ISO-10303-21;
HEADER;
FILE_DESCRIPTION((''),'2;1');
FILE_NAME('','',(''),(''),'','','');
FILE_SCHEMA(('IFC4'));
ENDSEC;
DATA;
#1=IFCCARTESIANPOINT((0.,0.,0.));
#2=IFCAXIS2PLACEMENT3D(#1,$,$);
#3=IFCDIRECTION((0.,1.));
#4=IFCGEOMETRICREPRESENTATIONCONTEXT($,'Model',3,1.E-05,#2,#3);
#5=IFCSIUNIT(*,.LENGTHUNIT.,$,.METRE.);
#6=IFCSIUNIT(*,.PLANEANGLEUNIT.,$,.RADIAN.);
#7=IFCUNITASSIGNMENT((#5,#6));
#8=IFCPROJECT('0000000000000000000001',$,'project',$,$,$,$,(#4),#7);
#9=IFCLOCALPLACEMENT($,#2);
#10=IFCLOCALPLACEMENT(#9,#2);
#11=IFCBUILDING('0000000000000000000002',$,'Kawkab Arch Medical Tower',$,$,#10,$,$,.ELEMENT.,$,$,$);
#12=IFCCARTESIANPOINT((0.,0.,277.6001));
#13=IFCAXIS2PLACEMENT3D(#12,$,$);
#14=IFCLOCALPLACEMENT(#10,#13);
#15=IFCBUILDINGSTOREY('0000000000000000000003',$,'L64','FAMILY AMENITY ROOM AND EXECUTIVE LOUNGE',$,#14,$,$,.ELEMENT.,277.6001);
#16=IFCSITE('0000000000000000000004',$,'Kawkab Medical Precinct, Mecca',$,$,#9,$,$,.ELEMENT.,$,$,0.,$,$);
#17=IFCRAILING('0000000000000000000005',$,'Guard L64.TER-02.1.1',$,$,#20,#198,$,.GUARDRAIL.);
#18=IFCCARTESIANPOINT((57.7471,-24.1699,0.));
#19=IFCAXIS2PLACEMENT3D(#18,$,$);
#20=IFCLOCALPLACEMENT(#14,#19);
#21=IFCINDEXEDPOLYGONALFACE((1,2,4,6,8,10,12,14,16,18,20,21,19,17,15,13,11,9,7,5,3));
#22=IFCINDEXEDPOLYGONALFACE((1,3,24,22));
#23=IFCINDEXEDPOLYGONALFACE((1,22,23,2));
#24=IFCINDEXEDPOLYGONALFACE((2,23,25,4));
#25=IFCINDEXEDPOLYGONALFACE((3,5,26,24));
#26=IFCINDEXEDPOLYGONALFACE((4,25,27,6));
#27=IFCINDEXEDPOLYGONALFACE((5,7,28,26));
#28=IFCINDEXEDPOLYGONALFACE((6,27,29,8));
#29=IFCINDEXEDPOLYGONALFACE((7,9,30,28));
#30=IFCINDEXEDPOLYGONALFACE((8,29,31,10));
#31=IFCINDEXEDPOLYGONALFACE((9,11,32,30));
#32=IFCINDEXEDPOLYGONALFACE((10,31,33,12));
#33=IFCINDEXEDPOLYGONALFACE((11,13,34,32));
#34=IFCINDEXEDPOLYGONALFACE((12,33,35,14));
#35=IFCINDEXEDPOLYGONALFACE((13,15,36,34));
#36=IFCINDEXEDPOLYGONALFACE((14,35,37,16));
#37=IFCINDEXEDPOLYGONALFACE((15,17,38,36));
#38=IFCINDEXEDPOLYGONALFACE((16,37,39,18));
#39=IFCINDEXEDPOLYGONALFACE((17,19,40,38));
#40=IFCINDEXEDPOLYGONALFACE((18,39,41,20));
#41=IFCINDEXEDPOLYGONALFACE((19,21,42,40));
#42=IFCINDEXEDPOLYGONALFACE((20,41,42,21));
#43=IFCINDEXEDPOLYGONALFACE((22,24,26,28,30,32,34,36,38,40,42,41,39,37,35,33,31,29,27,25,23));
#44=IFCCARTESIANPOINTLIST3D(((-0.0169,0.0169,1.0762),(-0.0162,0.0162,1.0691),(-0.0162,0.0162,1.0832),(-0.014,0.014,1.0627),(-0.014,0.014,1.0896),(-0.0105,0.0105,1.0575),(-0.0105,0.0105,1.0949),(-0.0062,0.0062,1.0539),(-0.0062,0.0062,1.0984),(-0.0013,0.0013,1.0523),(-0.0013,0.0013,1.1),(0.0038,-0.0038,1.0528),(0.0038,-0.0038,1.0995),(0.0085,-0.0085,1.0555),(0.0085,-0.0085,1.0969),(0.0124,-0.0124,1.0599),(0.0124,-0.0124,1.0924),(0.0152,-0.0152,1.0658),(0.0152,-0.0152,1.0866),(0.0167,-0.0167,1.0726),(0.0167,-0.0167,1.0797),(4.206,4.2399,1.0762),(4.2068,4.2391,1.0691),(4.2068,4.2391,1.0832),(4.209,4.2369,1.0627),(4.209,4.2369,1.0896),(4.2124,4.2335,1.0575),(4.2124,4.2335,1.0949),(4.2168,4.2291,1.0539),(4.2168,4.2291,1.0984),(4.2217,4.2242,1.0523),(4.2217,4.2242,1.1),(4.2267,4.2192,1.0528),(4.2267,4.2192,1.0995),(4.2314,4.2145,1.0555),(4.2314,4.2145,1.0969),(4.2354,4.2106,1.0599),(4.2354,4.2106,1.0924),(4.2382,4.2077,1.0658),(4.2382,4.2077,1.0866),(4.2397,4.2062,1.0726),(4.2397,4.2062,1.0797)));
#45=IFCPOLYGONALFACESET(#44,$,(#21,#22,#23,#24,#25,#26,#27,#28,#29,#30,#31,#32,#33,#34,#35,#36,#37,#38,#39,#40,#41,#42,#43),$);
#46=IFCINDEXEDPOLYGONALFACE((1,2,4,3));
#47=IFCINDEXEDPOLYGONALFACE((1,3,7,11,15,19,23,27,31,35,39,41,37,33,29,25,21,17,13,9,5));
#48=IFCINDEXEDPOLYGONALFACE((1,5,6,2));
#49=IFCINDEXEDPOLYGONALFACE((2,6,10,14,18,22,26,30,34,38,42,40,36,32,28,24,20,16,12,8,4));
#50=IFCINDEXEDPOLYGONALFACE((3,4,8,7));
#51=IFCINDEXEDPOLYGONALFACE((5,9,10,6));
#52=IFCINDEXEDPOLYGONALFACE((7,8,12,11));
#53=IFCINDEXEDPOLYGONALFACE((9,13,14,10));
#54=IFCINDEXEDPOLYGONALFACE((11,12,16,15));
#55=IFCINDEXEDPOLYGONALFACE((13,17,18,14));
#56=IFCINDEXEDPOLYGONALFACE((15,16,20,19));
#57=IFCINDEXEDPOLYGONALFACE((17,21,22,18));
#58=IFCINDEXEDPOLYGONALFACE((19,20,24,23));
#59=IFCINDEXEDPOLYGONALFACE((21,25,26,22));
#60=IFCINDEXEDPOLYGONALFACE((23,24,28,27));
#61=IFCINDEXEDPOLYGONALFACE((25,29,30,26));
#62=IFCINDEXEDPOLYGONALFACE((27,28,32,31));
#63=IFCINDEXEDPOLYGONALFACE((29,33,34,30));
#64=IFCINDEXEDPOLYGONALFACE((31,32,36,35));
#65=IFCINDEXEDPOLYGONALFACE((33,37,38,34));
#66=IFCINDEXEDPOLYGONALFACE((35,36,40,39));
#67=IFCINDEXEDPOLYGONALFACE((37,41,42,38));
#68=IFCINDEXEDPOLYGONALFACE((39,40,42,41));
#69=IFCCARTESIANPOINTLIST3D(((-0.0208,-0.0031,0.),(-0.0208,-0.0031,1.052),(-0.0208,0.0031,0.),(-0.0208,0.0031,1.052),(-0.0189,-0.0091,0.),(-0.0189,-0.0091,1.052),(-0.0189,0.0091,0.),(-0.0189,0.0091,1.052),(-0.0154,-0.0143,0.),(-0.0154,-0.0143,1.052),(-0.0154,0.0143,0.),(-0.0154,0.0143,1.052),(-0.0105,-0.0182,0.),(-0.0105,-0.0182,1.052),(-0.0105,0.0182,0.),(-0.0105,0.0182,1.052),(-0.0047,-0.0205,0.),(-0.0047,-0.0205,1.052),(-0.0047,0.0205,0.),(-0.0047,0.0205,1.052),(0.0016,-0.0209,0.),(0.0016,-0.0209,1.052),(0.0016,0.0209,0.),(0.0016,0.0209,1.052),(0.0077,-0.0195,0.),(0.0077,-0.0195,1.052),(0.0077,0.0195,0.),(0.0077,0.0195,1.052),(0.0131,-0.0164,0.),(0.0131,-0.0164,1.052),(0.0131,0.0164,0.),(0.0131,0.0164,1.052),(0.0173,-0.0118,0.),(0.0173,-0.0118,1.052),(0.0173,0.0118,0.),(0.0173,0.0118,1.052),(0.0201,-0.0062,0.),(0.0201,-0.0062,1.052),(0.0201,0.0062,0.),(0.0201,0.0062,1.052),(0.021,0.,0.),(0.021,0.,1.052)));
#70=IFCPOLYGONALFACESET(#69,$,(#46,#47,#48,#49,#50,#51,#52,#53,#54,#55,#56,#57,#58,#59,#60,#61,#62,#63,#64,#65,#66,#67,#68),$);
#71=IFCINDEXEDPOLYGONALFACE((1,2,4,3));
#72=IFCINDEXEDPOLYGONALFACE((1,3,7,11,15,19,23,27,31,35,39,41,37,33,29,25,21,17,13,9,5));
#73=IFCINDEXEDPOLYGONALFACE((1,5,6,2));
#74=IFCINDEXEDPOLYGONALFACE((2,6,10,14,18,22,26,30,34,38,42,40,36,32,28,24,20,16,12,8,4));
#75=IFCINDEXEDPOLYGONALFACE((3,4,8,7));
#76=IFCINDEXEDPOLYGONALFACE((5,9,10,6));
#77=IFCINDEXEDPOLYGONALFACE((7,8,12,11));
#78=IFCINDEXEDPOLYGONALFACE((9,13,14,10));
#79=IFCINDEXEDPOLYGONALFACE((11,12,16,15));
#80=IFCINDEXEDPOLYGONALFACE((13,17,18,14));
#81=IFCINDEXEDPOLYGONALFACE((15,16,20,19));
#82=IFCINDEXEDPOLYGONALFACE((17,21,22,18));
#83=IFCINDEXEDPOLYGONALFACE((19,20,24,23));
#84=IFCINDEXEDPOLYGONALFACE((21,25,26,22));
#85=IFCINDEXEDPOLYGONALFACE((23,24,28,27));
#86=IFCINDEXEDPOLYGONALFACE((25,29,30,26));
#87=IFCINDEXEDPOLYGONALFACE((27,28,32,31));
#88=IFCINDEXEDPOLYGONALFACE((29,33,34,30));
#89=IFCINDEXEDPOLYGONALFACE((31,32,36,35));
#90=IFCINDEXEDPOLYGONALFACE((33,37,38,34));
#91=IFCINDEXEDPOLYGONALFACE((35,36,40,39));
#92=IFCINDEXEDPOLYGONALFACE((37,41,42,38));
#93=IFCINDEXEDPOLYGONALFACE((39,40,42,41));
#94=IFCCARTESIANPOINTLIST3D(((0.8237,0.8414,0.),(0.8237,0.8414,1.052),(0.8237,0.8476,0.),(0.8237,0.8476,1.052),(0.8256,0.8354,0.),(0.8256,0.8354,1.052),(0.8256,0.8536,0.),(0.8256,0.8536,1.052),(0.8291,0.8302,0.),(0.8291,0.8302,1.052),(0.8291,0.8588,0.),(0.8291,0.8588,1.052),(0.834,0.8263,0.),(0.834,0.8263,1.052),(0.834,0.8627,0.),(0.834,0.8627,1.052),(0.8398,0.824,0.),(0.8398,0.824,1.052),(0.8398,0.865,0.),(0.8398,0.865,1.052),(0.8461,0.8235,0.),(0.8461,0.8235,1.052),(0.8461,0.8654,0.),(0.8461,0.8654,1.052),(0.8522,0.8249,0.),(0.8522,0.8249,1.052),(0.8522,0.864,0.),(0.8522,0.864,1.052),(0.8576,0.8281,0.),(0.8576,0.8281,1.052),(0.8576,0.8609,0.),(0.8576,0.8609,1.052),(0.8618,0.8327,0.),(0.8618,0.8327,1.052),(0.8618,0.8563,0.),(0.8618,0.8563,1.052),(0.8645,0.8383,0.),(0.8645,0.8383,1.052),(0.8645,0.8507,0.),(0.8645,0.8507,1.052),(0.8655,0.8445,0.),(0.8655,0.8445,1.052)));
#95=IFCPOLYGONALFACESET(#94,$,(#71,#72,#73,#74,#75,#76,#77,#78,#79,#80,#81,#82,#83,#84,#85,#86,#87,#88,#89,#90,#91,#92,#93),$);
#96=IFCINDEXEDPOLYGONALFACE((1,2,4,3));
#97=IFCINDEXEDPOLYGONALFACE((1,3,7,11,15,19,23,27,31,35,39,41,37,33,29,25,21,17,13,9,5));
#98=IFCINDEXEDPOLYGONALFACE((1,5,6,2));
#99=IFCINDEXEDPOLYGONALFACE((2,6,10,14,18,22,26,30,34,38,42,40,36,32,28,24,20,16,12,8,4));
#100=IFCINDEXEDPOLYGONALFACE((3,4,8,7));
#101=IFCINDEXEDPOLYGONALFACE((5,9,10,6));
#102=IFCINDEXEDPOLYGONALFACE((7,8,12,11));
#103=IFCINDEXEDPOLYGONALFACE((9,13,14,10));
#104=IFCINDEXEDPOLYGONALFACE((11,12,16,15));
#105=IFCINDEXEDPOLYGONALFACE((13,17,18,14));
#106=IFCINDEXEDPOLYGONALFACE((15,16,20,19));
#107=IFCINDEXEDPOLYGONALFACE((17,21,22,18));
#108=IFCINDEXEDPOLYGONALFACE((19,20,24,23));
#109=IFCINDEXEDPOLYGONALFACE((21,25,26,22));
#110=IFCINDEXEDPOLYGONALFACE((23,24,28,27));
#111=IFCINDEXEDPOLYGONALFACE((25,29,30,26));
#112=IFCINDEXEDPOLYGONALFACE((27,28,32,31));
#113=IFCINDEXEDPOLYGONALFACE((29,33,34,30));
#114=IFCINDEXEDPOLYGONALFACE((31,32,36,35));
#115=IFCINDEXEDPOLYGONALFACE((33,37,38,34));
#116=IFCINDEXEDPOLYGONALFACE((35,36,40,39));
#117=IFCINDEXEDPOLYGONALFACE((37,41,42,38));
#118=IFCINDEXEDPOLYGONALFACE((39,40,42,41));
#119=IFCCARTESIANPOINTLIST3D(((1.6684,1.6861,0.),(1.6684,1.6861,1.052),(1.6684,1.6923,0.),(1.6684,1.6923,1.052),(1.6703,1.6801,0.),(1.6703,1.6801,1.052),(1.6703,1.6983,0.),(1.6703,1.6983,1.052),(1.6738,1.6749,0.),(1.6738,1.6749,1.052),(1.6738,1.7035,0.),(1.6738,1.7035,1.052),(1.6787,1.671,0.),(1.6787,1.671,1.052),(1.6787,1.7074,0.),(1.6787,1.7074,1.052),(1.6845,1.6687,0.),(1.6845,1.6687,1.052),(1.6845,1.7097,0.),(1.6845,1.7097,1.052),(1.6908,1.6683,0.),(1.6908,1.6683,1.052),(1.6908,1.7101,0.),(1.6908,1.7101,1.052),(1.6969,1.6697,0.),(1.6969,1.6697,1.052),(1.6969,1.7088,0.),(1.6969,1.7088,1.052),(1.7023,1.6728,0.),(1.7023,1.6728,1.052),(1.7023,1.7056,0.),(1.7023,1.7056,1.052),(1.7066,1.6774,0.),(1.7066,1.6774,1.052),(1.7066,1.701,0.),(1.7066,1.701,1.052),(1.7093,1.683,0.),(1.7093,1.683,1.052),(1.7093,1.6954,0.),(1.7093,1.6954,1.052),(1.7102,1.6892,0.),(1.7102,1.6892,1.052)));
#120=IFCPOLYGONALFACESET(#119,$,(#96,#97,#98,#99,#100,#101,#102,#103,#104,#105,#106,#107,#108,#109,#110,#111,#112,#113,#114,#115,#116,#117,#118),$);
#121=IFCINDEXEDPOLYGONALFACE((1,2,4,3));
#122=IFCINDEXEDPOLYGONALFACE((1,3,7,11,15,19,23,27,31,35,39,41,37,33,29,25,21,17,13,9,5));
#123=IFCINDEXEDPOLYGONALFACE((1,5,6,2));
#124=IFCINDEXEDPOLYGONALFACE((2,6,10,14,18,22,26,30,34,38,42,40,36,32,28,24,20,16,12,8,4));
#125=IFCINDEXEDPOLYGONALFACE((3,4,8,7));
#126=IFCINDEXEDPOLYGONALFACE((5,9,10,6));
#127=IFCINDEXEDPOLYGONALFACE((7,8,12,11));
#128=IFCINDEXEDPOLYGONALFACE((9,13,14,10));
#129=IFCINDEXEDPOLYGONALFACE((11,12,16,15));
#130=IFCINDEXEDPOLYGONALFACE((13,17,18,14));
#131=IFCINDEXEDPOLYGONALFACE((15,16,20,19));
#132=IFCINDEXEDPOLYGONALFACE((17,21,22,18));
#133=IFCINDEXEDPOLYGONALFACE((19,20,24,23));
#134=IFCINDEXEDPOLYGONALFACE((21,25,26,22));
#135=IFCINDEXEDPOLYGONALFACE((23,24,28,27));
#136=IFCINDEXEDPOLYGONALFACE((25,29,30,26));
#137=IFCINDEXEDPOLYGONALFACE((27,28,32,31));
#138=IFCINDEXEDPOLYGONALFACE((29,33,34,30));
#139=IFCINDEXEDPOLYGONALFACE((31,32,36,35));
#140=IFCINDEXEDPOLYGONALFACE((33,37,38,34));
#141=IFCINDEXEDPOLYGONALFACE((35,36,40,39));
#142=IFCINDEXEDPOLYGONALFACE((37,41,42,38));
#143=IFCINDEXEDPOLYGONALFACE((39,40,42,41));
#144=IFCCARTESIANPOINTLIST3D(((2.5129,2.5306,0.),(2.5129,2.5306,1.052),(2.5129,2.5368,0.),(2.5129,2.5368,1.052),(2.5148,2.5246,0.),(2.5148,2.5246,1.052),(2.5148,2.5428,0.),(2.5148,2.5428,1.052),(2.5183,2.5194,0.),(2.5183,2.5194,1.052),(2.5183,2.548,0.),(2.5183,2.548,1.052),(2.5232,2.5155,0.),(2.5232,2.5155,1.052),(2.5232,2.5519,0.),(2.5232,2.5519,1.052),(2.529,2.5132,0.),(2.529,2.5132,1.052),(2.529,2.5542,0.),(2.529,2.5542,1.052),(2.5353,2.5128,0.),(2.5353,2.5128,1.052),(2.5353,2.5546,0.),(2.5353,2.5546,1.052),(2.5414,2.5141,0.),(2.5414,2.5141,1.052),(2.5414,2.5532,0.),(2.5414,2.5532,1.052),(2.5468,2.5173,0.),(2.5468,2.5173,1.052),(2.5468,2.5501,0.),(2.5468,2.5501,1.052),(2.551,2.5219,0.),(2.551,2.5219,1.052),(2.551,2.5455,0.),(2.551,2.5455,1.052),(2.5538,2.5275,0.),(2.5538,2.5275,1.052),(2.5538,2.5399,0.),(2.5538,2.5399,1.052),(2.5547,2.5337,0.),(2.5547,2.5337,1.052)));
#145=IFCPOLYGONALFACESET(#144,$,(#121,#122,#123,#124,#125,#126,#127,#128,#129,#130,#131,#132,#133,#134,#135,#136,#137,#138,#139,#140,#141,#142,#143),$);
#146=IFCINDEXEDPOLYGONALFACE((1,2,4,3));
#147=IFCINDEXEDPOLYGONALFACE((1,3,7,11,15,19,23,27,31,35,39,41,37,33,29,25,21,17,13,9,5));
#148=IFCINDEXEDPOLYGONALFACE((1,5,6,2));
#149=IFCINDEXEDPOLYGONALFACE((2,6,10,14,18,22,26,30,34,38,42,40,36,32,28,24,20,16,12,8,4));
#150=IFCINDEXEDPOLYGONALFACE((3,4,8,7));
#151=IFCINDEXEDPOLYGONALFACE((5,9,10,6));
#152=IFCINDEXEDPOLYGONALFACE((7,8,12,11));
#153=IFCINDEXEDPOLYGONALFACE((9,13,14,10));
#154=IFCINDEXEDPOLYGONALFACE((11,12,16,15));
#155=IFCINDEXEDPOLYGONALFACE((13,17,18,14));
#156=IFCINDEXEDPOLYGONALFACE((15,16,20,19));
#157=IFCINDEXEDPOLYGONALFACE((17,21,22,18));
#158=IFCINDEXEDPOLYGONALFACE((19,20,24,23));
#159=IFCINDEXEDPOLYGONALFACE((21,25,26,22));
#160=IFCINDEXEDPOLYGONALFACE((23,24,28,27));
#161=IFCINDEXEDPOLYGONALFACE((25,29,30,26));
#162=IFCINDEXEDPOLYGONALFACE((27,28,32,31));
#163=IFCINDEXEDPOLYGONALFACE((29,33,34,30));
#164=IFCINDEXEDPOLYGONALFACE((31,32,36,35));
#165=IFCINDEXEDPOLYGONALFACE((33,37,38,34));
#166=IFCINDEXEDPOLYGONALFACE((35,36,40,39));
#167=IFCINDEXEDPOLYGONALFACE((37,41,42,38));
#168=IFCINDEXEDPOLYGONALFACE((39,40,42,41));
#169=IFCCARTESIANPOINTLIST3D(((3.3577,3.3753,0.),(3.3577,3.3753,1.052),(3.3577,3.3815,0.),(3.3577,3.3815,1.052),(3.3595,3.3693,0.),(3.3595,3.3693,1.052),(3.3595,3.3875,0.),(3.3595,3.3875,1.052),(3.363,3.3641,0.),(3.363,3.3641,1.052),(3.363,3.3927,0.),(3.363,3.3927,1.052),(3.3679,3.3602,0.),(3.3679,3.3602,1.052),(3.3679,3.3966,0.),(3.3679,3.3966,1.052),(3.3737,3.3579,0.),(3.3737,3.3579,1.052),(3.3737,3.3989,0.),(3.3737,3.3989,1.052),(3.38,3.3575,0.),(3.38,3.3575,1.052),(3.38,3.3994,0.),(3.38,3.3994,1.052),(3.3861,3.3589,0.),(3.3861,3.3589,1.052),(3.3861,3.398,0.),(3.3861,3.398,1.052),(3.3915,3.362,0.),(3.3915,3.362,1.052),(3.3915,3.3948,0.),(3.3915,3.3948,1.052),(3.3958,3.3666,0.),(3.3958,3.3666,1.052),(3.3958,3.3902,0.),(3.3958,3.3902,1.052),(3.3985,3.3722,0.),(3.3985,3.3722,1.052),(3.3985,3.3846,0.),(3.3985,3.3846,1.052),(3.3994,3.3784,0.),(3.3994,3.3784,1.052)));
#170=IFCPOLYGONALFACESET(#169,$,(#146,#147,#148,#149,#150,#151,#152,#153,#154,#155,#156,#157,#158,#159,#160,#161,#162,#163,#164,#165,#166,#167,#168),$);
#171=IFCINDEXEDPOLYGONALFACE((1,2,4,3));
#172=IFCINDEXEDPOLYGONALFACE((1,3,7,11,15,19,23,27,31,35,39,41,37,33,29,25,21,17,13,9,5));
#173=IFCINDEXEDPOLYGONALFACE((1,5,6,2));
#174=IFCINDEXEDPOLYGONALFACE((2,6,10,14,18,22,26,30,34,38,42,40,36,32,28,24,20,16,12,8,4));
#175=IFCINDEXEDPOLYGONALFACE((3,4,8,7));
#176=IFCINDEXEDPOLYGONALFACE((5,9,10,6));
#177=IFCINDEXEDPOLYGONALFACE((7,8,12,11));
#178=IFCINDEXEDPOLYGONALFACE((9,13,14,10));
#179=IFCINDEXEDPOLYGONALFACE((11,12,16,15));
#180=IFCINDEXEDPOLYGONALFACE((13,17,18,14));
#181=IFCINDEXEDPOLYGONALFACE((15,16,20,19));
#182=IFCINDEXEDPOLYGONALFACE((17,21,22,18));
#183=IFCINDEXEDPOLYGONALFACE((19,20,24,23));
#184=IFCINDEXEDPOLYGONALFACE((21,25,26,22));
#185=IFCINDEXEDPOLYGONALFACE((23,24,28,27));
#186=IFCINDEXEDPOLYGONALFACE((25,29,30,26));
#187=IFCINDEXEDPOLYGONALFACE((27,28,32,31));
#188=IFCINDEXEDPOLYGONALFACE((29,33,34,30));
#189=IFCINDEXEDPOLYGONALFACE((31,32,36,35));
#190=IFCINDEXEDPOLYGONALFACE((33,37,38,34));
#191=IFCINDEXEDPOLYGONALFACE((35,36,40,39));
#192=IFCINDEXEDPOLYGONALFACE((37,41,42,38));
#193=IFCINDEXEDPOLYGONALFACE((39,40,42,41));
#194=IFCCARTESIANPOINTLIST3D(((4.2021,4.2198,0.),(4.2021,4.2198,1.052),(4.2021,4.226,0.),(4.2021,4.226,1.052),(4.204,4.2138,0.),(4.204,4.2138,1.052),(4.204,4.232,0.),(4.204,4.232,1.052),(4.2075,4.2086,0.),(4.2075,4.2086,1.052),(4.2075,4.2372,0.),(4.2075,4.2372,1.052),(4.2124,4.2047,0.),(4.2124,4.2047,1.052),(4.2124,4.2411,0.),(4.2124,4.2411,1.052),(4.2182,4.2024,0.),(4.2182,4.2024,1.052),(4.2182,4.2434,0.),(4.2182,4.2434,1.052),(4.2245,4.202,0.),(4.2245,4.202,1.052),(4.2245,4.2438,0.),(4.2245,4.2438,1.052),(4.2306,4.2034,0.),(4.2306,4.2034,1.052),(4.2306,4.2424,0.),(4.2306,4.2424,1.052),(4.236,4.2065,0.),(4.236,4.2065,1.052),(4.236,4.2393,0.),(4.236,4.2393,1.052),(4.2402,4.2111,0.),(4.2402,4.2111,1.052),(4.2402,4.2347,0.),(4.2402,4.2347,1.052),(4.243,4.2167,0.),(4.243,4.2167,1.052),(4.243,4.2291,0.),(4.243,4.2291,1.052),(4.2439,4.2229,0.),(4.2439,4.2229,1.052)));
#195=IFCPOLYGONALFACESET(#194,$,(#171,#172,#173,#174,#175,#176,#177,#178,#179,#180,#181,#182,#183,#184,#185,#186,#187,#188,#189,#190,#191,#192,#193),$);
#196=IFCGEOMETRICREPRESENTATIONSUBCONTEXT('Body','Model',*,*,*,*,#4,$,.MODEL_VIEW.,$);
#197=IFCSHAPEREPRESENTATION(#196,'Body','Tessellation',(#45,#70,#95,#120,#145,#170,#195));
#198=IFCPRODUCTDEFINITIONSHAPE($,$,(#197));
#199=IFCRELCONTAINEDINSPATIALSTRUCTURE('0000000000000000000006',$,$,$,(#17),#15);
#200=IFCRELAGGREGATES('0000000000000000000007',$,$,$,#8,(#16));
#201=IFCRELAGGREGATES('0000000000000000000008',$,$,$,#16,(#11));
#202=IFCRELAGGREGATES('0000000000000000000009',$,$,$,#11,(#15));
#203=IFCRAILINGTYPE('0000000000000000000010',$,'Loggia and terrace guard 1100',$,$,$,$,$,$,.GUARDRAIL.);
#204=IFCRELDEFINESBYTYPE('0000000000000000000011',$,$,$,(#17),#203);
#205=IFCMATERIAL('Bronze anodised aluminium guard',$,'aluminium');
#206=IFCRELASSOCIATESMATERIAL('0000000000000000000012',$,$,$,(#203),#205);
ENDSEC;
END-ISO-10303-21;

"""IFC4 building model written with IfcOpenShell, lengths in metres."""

from ifc_helpers import new_model, si_unit, direction, frame, origin, origin_2d, place, context, subcontext, project, spatial, circle, extrude, material, type_object, element, save


model = new_model("IFC4")

# Units and contexts
model_context = context("Model", 3, precision=1e-05, world=origin(), true_north=direction((0.0, 1.0)))
body_context = subcontext(model_context, "Body", "Model", "MODEL_VIEW")
ifc_project = project(units=[si_unit("LENGTHUNIT", "METRE"), si_unit("PLANEANGLEUNIT", "RADIAN")], contexts=[model_context])

# Site, building, storey
site_placement = place(None, origin())
site = spatial("IfcSite", under=ifc_project, at=site_placement, Name="Kawkab Medical Precinct, Mecca", CompositionType="ELEMENT", RefElevation=0.0)
building_placement = place(site_placement, origin())
building = spatial("IfcBuilding", under=site, at=building_placement, Name="Kawkab Arch Medical Tower", CompositionType="ELEMENT")
storey_placement = place(building_placement, frame((0.0, 0.0, 277.6001)))
storey = spatial("IfcBuildingStorey", under=building, at=storey_placement, Name="L64", Description="FAMILY AMENITY ROOM AND EXECUTIVE LOUNGE", CompositionType="ELEMENT", Elevation=277.6001)

# Railing
ifc_material_1 = material(Name="Bronze anodised aluminium guard", Category="aluminium")
railing_type_1 = type_object("IfcRailingType", Name="Loggia and terrace guard 1100", PredefinedType="GUARDRAIL", material=ifc_material_1)
railing_1_placement = place(storey_placement, frame((57.7471, -24.1699, 0.0)))
element("IfcRailing", 1, at=railing_1_placement, inside=storey, type_object=railing_type_1, Name="Guard L64.TER-02.1.1", PredefinedType="GUARDRAIL", context=body_context, shape_type="SweptSolid", body=[
    extrude(circle(Radius=0.0239, at=origin_2d()), frame((0.0, 0.0, 1.0762), z_axis=(0.707107, 0.707107, 0.0), x_axis=(-0.707107, 0.707107, 0.0)), (0.0, 0.0, 1.0), 5.9722),
    extrude(circle(Radius=0.021, at=origin_2d()), origin(), (0.0, 0.0, 1.0), 1.052),
    extrude(circle(Radius=0.021, at=origin_2d()), frame((0.8445, 0.8445, 0.0)), (0.0, 0.0, 1.0), 1.052),
    extrude(circle(Radius=0.021, at=origin_2d()), frame((1.6892, 1.6892, 0.0)), (0.0, 0.0, 1.0), 1.052),
    extrude(circle(Radius=0.021, at=origin_2d()), frame((2.5337, 2.5337, 0.0)), (0.0, 0.0, 1.0), 1.052),
    extrude(circle(Radius=0.021, at=origin_2d()), frame((3.3784, 3.3784, 0.0)), (0.0, 0.0, 1.0), 1.052),
    extrude(circle(Radius=0.021, at=origin_2d()), frame((4.2229, 4.2229, 0.0)), (0.0, 0.0, 1.0), 1.052),
])

save(model, "model.ifc")
